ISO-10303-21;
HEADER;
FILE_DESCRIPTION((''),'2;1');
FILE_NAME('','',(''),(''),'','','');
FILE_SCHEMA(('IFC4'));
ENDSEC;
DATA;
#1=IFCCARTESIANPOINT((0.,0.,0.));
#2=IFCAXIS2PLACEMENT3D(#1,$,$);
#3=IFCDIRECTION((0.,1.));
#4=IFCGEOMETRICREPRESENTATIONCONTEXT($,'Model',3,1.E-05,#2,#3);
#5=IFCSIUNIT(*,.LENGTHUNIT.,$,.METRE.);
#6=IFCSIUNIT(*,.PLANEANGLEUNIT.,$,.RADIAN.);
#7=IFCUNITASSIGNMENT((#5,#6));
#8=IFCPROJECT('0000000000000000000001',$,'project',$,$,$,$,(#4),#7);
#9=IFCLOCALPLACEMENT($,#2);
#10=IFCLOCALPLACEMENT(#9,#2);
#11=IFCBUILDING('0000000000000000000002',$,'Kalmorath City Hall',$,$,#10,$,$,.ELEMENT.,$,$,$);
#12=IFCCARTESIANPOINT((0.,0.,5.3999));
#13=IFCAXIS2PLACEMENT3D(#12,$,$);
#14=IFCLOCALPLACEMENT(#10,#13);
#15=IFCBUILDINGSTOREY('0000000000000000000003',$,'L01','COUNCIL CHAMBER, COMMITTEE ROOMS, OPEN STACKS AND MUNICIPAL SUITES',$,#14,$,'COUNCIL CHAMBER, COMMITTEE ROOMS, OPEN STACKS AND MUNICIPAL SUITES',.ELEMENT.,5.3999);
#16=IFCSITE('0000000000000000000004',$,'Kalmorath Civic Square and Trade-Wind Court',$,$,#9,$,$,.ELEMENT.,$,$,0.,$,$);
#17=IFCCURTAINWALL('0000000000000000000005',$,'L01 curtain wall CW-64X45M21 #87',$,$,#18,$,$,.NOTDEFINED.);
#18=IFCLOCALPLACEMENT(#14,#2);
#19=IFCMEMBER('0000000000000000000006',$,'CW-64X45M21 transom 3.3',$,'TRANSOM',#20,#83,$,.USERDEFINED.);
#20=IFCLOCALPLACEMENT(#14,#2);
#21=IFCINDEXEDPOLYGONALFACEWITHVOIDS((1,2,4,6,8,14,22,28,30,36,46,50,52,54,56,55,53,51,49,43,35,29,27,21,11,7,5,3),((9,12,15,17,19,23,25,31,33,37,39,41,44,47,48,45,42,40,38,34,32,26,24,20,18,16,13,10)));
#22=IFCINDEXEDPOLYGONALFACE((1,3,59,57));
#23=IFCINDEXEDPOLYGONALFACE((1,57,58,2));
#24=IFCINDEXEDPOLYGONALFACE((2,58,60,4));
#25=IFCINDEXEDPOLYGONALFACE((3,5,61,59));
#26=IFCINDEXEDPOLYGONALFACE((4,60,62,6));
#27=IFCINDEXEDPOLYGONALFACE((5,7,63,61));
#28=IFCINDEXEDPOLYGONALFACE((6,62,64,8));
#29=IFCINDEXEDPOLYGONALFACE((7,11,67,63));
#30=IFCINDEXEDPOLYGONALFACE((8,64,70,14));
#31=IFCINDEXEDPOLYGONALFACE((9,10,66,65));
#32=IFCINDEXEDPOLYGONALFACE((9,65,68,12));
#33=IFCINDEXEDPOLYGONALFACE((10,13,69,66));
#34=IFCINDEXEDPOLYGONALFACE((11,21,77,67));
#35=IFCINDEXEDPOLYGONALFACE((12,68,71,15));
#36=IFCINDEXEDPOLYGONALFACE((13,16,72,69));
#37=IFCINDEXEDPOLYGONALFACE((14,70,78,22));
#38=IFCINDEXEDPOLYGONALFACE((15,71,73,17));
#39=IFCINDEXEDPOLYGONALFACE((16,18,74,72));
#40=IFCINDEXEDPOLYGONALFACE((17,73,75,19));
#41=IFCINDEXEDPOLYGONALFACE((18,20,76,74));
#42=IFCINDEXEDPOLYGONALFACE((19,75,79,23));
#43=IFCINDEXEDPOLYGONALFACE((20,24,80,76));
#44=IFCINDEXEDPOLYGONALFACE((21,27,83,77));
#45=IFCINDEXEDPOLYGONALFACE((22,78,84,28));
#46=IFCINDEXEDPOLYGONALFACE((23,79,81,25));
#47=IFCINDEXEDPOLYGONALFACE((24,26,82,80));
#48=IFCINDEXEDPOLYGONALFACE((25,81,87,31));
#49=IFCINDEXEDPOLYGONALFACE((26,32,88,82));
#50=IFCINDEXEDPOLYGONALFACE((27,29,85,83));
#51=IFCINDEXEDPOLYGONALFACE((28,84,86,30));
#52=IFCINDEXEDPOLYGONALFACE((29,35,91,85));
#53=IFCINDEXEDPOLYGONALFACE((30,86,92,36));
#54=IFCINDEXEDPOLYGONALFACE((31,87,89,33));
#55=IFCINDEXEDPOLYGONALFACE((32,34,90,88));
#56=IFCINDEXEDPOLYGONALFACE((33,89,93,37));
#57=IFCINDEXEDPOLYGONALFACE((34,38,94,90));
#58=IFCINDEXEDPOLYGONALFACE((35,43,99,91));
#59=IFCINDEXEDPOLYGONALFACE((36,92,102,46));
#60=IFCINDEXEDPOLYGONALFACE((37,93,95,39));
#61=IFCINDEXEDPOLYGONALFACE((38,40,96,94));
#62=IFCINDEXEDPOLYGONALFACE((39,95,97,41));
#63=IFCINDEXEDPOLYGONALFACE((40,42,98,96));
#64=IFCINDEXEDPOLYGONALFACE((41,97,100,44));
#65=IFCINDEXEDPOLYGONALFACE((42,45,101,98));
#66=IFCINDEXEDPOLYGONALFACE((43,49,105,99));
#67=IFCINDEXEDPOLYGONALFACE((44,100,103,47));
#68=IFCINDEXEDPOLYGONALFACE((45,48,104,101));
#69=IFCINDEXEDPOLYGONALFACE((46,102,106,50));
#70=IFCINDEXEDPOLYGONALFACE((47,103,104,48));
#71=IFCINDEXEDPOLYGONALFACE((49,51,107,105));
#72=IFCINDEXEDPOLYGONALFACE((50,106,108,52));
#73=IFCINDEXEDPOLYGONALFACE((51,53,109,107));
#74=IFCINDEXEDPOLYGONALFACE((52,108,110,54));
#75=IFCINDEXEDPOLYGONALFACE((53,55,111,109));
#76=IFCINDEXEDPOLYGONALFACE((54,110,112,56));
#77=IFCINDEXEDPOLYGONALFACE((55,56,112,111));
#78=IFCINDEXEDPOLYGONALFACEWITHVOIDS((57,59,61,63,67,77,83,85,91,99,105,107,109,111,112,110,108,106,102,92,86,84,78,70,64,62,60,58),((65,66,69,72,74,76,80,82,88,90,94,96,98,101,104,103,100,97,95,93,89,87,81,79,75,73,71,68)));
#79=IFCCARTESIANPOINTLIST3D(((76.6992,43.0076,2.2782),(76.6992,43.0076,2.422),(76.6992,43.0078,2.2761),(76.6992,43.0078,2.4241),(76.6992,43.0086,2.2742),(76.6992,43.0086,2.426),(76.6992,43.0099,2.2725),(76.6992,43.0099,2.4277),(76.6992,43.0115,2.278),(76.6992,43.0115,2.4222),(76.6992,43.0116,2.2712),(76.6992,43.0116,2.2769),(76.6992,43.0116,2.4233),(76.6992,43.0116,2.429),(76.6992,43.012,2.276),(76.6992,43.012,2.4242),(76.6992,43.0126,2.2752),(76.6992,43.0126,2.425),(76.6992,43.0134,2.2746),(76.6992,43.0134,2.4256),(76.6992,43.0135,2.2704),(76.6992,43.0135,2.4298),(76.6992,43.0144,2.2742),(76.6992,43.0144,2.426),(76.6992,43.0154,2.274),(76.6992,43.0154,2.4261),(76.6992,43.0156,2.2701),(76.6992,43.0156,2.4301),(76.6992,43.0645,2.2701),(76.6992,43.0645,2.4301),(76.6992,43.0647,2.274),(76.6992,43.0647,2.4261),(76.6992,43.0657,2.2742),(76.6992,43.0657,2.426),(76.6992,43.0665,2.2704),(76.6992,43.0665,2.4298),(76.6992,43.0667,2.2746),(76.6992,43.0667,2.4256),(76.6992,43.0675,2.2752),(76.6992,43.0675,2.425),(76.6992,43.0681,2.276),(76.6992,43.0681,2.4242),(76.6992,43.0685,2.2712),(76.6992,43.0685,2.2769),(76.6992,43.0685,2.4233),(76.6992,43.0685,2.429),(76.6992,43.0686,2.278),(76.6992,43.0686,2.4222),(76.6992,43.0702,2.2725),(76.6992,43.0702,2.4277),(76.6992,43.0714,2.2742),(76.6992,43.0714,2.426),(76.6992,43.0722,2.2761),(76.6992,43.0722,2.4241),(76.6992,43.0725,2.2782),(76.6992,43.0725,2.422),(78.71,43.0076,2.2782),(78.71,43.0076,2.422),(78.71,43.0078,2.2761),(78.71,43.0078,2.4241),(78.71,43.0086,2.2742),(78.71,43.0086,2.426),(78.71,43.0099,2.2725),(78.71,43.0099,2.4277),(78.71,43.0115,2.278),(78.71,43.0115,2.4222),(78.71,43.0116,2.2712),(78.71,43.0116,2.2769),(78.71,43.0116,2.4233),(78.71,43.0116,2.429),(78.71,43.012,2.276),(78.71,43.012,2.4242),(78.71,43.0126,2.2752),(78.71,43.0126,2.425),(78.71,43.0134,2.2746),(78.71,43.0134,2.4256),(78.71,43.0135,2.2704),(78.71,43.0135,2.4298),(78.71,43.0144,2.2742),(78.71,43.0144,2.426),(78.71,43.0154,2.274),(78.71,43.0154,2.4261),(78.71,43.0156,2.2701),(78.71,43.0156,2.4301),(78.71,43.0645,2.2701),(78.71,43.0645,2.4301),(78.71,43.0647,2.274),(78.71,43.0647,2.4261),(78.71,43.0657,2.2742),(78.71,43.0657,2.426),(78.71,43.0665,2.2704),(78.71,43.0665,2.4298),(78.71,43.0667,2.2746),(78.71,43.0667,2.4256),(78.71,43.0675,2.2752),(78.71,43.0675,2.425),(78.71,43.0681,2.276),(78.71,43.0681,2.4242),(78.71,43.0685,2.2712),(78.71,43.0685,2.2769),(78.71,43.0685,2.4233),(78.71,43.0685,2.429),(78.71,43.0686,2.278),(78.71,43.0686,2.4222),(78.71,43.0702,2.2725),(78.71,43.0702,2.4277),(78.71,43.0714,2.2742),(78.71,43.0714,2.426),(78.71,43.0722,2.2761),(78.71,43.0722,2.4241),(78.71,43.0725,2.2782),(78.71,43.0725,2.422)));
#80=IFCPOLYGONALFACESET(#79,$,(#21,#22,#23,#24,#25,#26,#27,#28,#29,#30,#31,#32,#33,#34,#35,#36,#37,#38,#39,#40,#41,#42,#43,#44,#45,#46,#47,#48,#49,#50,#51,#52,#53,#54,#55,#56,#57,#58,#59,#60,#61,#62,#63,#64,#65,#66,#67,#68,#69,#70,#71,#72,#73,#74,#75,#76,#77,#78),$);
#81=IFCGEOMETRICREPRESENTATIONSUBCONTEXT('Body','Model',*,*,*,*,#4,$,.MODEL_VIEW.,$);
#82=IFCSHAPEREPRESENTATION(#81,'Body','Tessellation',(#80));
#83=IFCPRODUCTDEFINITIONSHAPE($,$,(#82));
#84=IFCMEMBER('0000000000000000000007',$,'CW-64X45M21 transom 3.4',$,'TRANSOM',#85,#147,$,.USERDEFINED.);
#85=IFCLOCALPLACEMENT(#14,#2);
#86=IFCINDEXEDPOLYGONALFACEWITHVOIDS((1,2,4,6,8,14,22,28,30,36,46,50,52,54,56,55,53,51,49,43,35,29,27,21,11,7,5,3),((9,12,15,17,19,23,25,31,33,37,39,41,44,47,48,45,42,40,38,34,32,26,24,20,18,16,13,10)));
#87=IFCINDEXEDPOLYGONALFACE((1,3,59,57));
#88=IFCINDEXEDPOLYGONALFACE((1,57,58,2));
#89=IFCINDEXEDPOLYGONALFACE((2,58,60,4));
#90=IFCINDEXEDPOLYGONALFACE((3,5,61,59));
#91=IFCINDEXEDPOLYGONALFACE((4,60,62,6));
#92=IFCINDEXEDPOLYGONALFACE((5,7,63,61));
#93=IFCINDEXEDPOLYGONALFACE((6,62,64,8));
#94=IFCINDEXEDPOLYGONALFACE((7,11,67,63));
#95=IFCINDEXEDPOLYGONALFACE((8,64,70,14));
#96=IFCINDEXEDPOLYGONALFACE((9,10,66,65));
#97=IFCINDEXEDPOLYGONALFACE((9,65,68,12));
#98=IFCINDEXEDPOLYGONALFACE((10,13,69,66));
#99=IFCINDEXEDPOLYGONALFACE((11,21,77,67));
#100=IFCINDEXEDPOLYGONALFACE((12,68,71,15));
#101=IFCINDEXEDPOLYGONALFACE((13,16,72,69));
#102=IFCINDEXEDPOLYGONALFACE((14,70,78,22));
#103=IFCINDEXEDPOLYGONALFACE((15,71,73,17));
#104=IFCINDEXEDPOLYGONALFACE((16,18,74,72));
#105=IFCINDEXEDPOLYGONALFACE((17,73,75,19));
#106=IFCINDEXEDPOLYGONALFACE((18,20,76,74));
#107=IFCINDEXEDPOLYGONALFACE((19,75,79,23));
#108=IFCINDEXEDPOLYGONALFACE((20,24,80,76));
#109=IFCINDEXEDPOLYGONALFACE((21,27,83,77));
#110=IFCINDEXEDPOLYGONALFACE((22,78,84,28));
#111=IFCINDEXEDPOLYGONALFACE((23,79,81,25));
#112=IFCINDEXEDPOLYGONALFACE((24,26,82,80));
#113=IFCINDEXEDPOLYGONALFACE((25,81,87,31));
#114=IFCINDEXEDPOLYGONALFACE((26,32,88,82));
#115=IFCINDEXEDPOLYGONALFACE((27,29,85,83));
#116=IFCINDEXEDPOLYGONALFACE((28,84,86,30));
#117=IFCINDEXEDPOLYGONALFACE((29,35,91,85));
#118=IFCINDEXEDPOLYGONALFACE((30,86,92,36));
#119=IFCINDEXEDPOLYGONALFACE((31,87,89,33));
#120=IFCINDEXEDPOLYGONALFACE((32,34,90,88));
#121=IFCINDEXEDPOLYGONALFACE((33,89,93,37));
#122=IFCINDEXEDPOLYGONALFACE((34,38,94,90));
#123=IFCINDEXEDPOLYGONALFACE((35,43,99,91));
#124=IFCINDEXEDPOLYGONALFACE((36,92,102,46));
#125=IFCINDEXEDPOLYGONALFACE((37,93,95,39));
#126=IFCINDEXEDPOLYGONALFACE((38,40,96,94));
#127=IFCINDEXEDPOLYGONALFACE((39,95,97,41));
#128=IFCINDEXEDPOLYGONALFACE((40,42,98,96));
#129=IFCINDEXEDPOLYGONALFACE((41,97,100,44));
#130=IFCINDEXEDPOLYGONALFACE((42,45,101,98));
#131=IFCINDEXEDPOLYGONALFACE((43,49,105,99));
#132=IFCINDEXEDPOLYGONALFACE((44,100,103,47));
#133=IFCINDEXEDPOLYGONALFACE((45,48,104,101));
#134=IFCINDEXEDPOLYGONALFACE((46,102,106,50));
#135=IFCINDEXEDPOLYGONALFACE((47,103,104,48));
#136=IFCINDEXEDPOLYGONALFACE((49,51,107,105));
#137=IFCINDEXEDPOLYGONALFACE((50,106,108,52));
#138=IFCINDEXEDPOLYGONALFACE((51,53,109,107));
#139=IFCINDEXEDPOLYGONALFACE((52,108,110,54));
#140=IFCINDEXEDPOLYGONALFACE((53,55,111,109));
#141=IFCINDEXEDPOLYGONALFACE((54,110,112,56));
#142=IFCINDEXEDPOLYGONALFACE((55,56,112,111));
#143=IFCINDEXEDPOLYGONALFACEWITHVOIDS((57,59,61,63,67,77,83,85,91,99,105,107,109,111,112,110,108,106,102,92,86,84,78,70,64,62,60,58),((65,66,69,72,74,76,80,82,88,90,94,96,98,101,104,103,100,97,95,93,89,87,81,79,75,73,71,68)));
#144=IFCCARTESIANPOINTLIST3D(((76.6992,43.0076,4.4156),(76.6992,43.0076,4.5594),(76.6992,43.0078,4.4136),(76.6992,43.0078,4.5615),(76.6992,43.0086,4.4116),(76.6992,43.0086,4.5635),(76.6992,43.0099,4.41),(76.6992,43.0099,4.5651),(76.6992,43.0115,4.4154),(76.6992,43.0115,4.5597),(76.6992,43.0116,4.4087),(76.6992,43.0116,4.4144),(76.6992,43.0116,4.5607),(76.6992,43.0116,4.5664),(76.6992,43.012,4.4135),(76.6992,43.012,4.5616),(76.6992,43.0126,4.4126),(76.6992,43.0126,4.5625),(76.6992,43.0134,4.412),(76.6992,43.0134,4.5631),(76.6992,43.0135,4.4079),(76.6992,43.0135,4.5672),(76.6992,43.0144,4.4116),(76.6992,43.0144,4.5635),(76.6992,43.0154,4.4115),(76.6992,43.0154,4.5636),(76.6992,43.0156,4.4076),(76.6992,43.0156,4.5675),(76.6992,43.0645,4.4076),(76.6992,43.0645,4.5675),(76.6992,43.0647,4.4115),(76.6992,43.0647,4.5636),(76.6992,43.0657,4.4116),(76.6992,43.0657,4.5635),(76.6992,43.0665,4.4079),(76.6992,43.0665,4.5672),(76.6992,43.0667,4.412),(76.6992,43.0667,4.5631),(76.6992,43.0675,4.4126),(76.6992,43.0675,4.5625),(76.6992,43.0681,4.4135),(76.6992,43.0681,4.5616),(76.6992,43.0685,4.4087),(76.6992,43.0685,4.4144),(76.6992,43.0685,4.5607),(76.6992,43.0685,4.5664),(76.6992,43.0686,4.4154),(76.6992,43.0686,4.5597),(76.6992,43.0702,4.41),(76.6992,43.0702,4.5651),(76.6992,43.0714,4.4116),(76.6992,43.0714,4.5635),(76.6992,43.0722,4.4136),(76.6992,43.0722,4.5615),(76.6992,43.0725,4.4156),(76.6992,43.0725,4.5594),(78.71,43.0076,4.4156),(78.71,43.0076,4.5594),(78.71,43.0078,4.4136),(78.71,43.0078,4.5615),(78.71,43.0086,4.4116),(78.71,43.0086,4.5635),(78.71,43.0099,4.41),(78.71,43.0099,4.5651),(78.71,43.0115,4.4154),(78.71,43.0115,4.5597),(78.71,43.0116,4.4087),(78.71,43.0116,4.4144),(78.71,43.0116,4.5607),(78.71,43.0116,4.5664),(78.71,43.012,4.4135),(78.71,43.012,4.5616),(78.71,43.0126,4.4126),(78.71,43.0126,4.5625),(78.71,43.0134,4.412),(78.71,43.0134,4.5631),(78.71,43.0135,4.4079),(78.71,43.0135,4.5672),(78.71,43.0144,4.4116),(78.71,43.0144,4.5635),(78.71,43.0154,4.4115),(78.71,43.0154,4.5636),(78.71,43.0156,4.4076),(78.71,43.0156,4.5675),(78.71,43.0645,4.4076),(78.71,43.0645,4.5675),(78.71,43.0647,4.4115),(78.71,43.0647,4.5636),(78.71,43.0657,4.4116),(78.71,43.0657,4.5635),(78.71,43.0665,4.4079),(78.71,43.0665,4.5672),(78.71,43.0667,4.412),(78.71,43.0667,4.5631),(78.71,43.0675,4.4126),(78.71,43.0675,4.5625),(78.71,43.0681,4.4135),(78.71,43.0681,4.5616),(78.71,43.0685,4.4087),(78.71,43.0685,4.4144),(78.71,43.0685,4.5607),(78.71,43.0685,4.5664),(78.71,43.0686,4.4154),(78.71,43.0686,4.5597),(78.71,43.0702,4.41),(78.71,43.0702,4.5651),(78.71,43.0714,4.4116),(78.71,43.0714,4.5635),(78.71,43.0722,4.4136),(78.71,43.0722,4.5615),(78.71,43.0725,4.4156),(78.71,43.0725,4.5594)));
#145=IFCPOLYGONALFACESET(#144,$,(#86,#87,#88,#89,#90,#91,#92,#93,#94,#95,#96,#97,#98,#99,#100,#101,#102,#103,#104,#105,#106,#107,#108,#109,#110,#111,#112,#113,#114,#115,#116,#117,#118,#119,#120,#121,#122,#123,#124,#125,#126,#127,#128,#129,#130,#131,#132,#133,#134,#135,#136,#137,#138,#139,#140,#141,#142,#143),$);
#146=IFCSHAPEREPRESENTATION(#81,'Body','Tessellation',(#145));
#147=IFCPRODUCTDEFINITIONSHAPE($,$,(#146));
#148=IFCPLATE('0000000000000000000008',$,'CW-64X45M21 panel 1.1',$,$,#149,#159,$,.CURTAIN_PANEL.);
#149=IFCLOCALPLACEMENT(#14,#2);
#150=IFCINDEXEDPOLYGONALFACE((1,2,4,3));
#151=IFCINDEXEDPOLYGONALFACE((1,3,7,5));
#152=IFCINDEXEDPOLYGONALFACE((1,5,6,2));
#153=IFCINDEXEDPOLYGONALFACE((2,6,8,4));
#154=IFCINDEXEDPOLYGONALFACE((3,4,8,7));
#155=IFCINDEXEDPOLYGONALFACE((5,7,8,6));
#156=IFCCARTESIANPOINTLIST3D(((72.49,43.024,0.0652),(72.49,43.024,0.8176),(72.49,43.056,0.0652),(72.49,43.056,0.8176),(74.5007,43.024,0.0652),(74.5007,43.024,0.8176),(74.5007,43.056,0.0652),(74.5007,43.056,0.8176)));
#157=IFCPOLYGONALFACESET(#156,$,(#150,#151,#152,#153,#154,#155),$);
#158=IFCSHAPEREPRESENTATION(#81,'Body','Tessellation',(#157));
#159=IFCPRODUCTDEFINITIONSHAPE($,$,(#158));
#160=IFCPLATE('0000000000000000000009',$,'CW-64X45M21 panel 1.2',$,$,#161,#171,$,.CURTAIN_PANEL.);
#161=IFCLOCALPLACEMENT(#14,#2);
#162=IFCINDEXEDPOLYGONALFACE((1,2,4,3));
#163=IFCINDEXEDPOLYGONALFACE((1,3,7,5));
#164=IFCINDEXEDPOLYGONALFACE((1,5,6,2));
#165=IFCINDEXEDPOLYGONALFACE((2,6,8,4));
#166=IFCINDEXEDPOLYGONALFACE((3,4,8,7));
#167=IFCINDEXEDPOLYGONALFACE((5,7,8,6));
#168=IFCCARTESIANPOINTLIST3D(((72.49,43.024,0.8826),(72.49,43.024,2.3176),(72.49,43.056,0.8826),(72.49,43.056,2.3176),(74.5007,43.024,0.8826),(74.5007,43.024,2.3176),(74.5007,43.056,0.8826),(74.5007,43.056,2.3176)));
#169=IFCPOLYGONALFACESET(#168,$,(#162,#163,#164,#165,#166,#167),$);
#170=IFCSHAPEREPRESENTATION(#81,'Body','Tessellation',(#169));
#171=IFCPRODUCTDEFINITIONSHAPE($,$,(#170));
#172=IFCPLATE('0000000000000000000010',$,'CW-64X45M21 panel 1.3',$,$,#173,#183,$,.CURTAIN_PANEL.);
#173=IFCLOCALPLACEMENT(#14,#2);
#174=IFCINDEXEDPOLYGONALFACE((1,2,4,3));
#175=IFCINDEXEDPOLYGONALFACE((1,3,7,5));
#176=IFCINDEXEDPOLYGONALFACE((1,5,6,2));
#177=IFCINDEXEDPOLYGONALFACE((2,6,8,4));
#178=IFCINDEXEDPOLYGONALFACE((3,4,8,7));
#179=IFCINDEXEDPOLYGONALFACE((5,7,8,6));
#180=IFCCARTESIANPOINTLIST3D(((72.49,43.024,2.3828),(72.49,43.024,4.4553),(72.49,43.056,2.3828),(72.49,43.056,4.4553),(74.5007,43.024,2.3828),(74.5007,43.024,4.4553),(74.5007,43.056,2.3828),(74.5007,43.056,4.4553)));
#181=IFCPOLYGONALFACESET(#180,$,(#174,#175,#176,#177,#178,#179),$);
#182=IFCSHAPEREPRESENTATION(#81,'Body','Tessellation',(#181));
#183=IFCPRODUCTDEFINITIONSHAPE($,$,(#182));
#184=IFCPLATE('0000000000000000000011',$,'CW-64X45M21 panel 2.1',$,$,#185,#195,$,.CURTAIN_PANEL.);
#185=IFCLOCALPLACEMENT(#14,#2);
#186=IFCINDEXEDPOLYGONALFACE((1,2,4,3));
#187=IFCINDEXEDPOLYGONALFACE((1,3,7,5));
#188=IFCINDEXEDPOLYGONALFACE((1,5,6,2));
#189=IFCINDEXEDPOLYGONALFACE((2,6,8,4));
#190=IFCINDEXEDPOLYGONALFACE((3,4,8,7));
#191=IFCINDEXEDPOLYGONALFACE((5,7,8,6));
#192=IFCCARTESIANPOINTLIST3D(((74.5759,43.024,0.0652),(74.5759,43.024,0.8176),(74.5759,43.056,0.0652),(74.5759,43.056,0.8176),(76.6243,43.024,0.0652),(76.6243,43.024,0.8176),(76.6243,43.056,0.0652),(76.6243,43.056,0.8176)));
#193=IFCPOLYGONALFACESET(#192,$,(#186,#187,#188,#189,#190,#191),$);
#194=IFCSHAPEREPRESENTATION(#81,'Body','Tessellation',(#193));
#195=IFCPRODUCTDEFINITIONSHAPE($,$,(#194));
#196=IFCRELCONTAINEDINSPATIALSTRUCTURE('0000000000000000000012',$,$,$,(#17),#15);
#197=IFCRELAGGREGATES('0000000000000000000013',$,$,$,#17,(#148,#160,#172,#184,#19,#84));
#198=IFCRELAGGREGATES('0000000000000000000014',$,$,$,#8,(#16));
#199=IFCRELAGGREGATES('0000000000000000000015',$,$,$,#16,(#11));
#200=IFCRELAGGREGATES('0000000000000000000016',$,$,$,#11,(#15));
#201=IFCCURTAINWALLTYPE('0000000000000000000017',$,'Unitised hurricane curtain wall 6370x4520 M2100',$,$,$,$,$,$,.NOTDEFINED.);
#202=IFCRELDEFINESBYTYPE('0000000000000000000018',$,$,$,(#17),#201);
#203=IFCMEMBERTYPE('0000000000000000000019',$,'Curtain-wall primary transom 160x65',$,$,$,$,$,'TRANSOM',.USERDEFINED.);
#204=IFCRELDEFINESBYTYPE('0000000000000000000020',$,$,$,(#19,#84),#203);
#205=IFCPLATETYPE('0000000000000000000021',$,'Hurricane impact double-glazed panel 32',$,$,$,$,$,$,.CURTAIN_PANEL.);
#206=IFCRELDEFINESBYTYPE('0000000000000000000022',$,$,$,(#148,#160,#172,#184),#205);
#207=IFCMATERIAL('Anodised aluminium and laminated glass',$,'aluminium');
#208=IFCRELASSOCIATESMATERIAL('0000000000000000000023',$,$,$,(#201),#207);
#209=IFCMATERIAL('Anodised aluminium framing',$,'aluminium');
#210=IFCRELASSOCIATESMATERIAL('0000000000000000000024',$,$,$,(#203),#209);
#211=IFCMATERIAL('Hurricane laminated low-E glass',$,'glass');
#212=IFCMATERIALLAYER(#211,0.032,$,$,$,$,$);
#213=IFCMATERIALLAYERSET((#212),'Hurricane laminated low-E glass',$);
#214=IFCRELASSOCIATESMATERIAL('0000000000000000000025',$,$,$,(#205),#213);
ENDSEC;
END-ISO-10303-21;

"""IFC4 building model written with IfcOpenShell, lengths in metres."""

from ifc_helpers import new_model, si_unit, direction, frame, origin, origin_2d, place, context, subcontext, project, spatial, rectangle, hollow_rectangle, extrude, material, layer, layer_set, material_profile, profile_set, type_object, element, aggregate, save


model = new_model("IFC4")

# Units and contexts
model_context = context("Model", 3, precision=1e-05, world=origin(), true_north=direction((0.0, 1.0)))
body_context = subcontext(model_context, "Body", "Model", "MODEL_VIEW")
ifc_project = project(units=[si_unit("LENGTHUNIT", "METRE"), si_unit("PLANEANGLEUNIT", "RADIAN")], contexts=[model_context])

# Site, building, storey
site_placement = place(None, origin())
site = spatial("IfcSite", under=ifc_project, at=site_placement, Name="Kalmorath Civic Square and Trade-Wind Court", CompositionType="ELEMENT", RefElevation=0.0)
building_placement = place(site_placement, origin())
building = spatial("IfcBuilding", under=site, at=building_placement, Name="Kalmorath City Hall", CompositionType="ELEMENT")
storey_placement = place(building_placement, frame((0.0, 0.0, 5.3999)))
storey = spatial("IfcBuildingStorey", under=building, at=storey_placement, Name="L01", Description="COUNCIL CHAMBER, COMMITTEE ROOMS, OPEN STACKS AND MUNICIPAL SUITES", LongName="COUNCIL CHAMBER, COMMITTEE ROOMS, OPEN STACKS AND MUNICIPAL SUITES", CompositionType="ELEMENT", Elevation=5.3999)

# Curtain wall, members, plates
ifc_material_1 = material(Name="Anodised aluminium and laminated glass", Category="aluminium")
curtain_wall_type = type_object("IfcCurtainWallType", Name="Unitised hurricane curtain wall 6370x4520 M2100", PredefinedType="NOTDEFINED", material=ifc_material_1)
curtain_wall_placement = place(storey_placement, origin())
curtain_wall = element("IfcCurtainWall", 1, at=curtain_wall_placement, inside=storey, type_object=curtain_wall_type, Name="L01 curtain wall CW-64X45M21 #87", PredefinedType="NOTDEFINED")
ifc_material_2 = material(Name="Anodised aluminium framing", Category="aluminium")
ifc_material_profile_1 = material_profile(ifc_material_2, hollow_rectangle(XDim=0.0649, YDim=0.1599, WallThickness=0.0039, InnerFilletRadius=0.0039, OuterFilletRadius=0.0081, at=origin_2d()), Name="ALU-TRN-160X65X4")
ifc_profile_set_1 = profile_set([ifc_material_profile_1], Name="Anodised aluminium framing")
member_type_1 = type_object("IfcMemberType", Name="Curtain-wall primary transom 160x65", ElementType="TRANSOM", PredefinedType="USERDEFINED", material=ifc_profile_set_1)
member_1_placement = place(storey_placement, frame((76.6992, 43.04, 2.3501), z_axis=(1.0, 0.0, 0.0), x_axis=(0.0, 1.0, 0.0)))
member_1 = element("IfcMember", 2, at=member_1_placement, type_object=member_type_1, Name="CW-64X45M21 transom 3.3", ObjectType="TRANSOM", PredefinedType="USERDEFINED", context=body_context, shape_type="SweptSolid", body=[
    extrude(hollow_rectangle(XDim=0.0649, YDim=0.1599, WallThickness=0.0039, InnerFilletRadius=0.0039, OuterFilletRadius=0.0081, at=origin_2d()), origin(), (0.0, 0.0, 1.0), 2.0107),
])
member_2_placement = place(storey_placement, frame((76.6992, 43.04, 4.4875), z_axis=(1.0, 0.0, 0.0), x_axis=(0.0, 1.0, 0.0)))
member_2 = element("IfcMember", 3, at=member_2_placement, type_object=member_type_1, Name="CW-64X45M21 transom 3.4", ObjectType="TRANSOM", PredefinedType="USERDEFINED", context=body_context, shape_type="SweptSolid", body=[
    extrude(hollow_rectangle(XDim=0.0649, YDim=0.1599, WallThickness=0.0039, InnerFilletRadius=0.0039, OuterFilletRadius=0.0081, at=origin_2d()), origin(), (0.0, 0.0, 1.0), 2.0107),
])
ifc_material_3 = material(Name="Hurricane laminated low-E glass", Category="glass")
ifc_layer = layer(ifc_material_3, 0.032)
ifc_layer_set = layer_set([ifc_layer], Name="Hurricane laminated low-E glass")
plate_type = type_object("IfcPlateType", Name="Hurricane impact double-glazed panel 32", PredefinedType="CURTAIN_PANEL", material=ifc_layer_set)
plate_1_placement = place(storey_placement, frame((73.4954, 43.04, 0.0652), z_axis=(0.0, 0.0, 1.0), x_axis=(1.0, 0.0, 0.0)))
plate_1 = element("IfcPlate", 4, at=plate_1_placement, type_object=plate_type, Name="CW-64X45M21 panel 1.1", PredefinedType="CURTAIN_PANEL", context=body_context, shape_type="SweptSolid", body=[
    extrude(rectangle(XDim=2.0107, YDim=0.032, at=origin_2d()), origin(), (0.0, 0.0, 1.0), 0.7524),
])
plate_2_placement = place(storey_placement, frame((73.4954, 43.04, 0.8826), z_axis=(0.0, 0.0, 1.0), x_axis=(1.0, 0.0, 0.0)))
plate_2 = element("IfcPlate", 5, at=plate_2_placement, type_object=plate_type, Name="CW-64X45M21 panel 1.2", PredefinedType="CURTAIN_PANEL", context=body_context, shape_type="SweptSolid", body=[
    extrude(rectangle(XDim=2.0107, YDim=0.032, at=origin_2d()), origin(), (0.0, 0.0, 1.0), 1.4351),
])
plate_3_placement = place(storey_placement, frame((73.4954, 43.04, 2.3828), z_axis=(0.0, 0.0, 1.0), x_axis=(1.0, 0.0, 0.0)))
plate_3 = element("IfcPlate", 6, at=plate_3_placement, type_object=plate_type, Name="CW-64X45M21 panel 1.3", PredefinedType="CURTAIN_PANEL", context=body_context, shape_type="SweptSolid", body=[
    extrude(rectangle(XDim=2.0107, YDim=0.032, at=origin_2d()), origin(), (0.0, 0.0, 1.0), 2.0725),
])
plate_4_placement = place(storey_placement, frame((75.6001, 43.04, 0.0652), z_axis=(0.0, 0.0, 1.0), x_axis=(1.0, 0.0, 0.0)))
plate_4 = element("IfcPlate", 7, at=plate_4_placement, type_object=plate_type, Name="CW-64X45M21 panel 2.1", PredefinedType="CURTAIN_PANEL", context=body_context, shape_type="SweptSolid", body=[
    extrude(rectangle(XDim=2.0483, YDim=0.032, at=origin_2d()), origin(), (0.0, 0.0, 1.0), 0.7524),
])
aggregate(curtain_wall, [plate_1, plate_2, plate_3, plate_4, member_1, member_2])

save(model, "model.ifc")
